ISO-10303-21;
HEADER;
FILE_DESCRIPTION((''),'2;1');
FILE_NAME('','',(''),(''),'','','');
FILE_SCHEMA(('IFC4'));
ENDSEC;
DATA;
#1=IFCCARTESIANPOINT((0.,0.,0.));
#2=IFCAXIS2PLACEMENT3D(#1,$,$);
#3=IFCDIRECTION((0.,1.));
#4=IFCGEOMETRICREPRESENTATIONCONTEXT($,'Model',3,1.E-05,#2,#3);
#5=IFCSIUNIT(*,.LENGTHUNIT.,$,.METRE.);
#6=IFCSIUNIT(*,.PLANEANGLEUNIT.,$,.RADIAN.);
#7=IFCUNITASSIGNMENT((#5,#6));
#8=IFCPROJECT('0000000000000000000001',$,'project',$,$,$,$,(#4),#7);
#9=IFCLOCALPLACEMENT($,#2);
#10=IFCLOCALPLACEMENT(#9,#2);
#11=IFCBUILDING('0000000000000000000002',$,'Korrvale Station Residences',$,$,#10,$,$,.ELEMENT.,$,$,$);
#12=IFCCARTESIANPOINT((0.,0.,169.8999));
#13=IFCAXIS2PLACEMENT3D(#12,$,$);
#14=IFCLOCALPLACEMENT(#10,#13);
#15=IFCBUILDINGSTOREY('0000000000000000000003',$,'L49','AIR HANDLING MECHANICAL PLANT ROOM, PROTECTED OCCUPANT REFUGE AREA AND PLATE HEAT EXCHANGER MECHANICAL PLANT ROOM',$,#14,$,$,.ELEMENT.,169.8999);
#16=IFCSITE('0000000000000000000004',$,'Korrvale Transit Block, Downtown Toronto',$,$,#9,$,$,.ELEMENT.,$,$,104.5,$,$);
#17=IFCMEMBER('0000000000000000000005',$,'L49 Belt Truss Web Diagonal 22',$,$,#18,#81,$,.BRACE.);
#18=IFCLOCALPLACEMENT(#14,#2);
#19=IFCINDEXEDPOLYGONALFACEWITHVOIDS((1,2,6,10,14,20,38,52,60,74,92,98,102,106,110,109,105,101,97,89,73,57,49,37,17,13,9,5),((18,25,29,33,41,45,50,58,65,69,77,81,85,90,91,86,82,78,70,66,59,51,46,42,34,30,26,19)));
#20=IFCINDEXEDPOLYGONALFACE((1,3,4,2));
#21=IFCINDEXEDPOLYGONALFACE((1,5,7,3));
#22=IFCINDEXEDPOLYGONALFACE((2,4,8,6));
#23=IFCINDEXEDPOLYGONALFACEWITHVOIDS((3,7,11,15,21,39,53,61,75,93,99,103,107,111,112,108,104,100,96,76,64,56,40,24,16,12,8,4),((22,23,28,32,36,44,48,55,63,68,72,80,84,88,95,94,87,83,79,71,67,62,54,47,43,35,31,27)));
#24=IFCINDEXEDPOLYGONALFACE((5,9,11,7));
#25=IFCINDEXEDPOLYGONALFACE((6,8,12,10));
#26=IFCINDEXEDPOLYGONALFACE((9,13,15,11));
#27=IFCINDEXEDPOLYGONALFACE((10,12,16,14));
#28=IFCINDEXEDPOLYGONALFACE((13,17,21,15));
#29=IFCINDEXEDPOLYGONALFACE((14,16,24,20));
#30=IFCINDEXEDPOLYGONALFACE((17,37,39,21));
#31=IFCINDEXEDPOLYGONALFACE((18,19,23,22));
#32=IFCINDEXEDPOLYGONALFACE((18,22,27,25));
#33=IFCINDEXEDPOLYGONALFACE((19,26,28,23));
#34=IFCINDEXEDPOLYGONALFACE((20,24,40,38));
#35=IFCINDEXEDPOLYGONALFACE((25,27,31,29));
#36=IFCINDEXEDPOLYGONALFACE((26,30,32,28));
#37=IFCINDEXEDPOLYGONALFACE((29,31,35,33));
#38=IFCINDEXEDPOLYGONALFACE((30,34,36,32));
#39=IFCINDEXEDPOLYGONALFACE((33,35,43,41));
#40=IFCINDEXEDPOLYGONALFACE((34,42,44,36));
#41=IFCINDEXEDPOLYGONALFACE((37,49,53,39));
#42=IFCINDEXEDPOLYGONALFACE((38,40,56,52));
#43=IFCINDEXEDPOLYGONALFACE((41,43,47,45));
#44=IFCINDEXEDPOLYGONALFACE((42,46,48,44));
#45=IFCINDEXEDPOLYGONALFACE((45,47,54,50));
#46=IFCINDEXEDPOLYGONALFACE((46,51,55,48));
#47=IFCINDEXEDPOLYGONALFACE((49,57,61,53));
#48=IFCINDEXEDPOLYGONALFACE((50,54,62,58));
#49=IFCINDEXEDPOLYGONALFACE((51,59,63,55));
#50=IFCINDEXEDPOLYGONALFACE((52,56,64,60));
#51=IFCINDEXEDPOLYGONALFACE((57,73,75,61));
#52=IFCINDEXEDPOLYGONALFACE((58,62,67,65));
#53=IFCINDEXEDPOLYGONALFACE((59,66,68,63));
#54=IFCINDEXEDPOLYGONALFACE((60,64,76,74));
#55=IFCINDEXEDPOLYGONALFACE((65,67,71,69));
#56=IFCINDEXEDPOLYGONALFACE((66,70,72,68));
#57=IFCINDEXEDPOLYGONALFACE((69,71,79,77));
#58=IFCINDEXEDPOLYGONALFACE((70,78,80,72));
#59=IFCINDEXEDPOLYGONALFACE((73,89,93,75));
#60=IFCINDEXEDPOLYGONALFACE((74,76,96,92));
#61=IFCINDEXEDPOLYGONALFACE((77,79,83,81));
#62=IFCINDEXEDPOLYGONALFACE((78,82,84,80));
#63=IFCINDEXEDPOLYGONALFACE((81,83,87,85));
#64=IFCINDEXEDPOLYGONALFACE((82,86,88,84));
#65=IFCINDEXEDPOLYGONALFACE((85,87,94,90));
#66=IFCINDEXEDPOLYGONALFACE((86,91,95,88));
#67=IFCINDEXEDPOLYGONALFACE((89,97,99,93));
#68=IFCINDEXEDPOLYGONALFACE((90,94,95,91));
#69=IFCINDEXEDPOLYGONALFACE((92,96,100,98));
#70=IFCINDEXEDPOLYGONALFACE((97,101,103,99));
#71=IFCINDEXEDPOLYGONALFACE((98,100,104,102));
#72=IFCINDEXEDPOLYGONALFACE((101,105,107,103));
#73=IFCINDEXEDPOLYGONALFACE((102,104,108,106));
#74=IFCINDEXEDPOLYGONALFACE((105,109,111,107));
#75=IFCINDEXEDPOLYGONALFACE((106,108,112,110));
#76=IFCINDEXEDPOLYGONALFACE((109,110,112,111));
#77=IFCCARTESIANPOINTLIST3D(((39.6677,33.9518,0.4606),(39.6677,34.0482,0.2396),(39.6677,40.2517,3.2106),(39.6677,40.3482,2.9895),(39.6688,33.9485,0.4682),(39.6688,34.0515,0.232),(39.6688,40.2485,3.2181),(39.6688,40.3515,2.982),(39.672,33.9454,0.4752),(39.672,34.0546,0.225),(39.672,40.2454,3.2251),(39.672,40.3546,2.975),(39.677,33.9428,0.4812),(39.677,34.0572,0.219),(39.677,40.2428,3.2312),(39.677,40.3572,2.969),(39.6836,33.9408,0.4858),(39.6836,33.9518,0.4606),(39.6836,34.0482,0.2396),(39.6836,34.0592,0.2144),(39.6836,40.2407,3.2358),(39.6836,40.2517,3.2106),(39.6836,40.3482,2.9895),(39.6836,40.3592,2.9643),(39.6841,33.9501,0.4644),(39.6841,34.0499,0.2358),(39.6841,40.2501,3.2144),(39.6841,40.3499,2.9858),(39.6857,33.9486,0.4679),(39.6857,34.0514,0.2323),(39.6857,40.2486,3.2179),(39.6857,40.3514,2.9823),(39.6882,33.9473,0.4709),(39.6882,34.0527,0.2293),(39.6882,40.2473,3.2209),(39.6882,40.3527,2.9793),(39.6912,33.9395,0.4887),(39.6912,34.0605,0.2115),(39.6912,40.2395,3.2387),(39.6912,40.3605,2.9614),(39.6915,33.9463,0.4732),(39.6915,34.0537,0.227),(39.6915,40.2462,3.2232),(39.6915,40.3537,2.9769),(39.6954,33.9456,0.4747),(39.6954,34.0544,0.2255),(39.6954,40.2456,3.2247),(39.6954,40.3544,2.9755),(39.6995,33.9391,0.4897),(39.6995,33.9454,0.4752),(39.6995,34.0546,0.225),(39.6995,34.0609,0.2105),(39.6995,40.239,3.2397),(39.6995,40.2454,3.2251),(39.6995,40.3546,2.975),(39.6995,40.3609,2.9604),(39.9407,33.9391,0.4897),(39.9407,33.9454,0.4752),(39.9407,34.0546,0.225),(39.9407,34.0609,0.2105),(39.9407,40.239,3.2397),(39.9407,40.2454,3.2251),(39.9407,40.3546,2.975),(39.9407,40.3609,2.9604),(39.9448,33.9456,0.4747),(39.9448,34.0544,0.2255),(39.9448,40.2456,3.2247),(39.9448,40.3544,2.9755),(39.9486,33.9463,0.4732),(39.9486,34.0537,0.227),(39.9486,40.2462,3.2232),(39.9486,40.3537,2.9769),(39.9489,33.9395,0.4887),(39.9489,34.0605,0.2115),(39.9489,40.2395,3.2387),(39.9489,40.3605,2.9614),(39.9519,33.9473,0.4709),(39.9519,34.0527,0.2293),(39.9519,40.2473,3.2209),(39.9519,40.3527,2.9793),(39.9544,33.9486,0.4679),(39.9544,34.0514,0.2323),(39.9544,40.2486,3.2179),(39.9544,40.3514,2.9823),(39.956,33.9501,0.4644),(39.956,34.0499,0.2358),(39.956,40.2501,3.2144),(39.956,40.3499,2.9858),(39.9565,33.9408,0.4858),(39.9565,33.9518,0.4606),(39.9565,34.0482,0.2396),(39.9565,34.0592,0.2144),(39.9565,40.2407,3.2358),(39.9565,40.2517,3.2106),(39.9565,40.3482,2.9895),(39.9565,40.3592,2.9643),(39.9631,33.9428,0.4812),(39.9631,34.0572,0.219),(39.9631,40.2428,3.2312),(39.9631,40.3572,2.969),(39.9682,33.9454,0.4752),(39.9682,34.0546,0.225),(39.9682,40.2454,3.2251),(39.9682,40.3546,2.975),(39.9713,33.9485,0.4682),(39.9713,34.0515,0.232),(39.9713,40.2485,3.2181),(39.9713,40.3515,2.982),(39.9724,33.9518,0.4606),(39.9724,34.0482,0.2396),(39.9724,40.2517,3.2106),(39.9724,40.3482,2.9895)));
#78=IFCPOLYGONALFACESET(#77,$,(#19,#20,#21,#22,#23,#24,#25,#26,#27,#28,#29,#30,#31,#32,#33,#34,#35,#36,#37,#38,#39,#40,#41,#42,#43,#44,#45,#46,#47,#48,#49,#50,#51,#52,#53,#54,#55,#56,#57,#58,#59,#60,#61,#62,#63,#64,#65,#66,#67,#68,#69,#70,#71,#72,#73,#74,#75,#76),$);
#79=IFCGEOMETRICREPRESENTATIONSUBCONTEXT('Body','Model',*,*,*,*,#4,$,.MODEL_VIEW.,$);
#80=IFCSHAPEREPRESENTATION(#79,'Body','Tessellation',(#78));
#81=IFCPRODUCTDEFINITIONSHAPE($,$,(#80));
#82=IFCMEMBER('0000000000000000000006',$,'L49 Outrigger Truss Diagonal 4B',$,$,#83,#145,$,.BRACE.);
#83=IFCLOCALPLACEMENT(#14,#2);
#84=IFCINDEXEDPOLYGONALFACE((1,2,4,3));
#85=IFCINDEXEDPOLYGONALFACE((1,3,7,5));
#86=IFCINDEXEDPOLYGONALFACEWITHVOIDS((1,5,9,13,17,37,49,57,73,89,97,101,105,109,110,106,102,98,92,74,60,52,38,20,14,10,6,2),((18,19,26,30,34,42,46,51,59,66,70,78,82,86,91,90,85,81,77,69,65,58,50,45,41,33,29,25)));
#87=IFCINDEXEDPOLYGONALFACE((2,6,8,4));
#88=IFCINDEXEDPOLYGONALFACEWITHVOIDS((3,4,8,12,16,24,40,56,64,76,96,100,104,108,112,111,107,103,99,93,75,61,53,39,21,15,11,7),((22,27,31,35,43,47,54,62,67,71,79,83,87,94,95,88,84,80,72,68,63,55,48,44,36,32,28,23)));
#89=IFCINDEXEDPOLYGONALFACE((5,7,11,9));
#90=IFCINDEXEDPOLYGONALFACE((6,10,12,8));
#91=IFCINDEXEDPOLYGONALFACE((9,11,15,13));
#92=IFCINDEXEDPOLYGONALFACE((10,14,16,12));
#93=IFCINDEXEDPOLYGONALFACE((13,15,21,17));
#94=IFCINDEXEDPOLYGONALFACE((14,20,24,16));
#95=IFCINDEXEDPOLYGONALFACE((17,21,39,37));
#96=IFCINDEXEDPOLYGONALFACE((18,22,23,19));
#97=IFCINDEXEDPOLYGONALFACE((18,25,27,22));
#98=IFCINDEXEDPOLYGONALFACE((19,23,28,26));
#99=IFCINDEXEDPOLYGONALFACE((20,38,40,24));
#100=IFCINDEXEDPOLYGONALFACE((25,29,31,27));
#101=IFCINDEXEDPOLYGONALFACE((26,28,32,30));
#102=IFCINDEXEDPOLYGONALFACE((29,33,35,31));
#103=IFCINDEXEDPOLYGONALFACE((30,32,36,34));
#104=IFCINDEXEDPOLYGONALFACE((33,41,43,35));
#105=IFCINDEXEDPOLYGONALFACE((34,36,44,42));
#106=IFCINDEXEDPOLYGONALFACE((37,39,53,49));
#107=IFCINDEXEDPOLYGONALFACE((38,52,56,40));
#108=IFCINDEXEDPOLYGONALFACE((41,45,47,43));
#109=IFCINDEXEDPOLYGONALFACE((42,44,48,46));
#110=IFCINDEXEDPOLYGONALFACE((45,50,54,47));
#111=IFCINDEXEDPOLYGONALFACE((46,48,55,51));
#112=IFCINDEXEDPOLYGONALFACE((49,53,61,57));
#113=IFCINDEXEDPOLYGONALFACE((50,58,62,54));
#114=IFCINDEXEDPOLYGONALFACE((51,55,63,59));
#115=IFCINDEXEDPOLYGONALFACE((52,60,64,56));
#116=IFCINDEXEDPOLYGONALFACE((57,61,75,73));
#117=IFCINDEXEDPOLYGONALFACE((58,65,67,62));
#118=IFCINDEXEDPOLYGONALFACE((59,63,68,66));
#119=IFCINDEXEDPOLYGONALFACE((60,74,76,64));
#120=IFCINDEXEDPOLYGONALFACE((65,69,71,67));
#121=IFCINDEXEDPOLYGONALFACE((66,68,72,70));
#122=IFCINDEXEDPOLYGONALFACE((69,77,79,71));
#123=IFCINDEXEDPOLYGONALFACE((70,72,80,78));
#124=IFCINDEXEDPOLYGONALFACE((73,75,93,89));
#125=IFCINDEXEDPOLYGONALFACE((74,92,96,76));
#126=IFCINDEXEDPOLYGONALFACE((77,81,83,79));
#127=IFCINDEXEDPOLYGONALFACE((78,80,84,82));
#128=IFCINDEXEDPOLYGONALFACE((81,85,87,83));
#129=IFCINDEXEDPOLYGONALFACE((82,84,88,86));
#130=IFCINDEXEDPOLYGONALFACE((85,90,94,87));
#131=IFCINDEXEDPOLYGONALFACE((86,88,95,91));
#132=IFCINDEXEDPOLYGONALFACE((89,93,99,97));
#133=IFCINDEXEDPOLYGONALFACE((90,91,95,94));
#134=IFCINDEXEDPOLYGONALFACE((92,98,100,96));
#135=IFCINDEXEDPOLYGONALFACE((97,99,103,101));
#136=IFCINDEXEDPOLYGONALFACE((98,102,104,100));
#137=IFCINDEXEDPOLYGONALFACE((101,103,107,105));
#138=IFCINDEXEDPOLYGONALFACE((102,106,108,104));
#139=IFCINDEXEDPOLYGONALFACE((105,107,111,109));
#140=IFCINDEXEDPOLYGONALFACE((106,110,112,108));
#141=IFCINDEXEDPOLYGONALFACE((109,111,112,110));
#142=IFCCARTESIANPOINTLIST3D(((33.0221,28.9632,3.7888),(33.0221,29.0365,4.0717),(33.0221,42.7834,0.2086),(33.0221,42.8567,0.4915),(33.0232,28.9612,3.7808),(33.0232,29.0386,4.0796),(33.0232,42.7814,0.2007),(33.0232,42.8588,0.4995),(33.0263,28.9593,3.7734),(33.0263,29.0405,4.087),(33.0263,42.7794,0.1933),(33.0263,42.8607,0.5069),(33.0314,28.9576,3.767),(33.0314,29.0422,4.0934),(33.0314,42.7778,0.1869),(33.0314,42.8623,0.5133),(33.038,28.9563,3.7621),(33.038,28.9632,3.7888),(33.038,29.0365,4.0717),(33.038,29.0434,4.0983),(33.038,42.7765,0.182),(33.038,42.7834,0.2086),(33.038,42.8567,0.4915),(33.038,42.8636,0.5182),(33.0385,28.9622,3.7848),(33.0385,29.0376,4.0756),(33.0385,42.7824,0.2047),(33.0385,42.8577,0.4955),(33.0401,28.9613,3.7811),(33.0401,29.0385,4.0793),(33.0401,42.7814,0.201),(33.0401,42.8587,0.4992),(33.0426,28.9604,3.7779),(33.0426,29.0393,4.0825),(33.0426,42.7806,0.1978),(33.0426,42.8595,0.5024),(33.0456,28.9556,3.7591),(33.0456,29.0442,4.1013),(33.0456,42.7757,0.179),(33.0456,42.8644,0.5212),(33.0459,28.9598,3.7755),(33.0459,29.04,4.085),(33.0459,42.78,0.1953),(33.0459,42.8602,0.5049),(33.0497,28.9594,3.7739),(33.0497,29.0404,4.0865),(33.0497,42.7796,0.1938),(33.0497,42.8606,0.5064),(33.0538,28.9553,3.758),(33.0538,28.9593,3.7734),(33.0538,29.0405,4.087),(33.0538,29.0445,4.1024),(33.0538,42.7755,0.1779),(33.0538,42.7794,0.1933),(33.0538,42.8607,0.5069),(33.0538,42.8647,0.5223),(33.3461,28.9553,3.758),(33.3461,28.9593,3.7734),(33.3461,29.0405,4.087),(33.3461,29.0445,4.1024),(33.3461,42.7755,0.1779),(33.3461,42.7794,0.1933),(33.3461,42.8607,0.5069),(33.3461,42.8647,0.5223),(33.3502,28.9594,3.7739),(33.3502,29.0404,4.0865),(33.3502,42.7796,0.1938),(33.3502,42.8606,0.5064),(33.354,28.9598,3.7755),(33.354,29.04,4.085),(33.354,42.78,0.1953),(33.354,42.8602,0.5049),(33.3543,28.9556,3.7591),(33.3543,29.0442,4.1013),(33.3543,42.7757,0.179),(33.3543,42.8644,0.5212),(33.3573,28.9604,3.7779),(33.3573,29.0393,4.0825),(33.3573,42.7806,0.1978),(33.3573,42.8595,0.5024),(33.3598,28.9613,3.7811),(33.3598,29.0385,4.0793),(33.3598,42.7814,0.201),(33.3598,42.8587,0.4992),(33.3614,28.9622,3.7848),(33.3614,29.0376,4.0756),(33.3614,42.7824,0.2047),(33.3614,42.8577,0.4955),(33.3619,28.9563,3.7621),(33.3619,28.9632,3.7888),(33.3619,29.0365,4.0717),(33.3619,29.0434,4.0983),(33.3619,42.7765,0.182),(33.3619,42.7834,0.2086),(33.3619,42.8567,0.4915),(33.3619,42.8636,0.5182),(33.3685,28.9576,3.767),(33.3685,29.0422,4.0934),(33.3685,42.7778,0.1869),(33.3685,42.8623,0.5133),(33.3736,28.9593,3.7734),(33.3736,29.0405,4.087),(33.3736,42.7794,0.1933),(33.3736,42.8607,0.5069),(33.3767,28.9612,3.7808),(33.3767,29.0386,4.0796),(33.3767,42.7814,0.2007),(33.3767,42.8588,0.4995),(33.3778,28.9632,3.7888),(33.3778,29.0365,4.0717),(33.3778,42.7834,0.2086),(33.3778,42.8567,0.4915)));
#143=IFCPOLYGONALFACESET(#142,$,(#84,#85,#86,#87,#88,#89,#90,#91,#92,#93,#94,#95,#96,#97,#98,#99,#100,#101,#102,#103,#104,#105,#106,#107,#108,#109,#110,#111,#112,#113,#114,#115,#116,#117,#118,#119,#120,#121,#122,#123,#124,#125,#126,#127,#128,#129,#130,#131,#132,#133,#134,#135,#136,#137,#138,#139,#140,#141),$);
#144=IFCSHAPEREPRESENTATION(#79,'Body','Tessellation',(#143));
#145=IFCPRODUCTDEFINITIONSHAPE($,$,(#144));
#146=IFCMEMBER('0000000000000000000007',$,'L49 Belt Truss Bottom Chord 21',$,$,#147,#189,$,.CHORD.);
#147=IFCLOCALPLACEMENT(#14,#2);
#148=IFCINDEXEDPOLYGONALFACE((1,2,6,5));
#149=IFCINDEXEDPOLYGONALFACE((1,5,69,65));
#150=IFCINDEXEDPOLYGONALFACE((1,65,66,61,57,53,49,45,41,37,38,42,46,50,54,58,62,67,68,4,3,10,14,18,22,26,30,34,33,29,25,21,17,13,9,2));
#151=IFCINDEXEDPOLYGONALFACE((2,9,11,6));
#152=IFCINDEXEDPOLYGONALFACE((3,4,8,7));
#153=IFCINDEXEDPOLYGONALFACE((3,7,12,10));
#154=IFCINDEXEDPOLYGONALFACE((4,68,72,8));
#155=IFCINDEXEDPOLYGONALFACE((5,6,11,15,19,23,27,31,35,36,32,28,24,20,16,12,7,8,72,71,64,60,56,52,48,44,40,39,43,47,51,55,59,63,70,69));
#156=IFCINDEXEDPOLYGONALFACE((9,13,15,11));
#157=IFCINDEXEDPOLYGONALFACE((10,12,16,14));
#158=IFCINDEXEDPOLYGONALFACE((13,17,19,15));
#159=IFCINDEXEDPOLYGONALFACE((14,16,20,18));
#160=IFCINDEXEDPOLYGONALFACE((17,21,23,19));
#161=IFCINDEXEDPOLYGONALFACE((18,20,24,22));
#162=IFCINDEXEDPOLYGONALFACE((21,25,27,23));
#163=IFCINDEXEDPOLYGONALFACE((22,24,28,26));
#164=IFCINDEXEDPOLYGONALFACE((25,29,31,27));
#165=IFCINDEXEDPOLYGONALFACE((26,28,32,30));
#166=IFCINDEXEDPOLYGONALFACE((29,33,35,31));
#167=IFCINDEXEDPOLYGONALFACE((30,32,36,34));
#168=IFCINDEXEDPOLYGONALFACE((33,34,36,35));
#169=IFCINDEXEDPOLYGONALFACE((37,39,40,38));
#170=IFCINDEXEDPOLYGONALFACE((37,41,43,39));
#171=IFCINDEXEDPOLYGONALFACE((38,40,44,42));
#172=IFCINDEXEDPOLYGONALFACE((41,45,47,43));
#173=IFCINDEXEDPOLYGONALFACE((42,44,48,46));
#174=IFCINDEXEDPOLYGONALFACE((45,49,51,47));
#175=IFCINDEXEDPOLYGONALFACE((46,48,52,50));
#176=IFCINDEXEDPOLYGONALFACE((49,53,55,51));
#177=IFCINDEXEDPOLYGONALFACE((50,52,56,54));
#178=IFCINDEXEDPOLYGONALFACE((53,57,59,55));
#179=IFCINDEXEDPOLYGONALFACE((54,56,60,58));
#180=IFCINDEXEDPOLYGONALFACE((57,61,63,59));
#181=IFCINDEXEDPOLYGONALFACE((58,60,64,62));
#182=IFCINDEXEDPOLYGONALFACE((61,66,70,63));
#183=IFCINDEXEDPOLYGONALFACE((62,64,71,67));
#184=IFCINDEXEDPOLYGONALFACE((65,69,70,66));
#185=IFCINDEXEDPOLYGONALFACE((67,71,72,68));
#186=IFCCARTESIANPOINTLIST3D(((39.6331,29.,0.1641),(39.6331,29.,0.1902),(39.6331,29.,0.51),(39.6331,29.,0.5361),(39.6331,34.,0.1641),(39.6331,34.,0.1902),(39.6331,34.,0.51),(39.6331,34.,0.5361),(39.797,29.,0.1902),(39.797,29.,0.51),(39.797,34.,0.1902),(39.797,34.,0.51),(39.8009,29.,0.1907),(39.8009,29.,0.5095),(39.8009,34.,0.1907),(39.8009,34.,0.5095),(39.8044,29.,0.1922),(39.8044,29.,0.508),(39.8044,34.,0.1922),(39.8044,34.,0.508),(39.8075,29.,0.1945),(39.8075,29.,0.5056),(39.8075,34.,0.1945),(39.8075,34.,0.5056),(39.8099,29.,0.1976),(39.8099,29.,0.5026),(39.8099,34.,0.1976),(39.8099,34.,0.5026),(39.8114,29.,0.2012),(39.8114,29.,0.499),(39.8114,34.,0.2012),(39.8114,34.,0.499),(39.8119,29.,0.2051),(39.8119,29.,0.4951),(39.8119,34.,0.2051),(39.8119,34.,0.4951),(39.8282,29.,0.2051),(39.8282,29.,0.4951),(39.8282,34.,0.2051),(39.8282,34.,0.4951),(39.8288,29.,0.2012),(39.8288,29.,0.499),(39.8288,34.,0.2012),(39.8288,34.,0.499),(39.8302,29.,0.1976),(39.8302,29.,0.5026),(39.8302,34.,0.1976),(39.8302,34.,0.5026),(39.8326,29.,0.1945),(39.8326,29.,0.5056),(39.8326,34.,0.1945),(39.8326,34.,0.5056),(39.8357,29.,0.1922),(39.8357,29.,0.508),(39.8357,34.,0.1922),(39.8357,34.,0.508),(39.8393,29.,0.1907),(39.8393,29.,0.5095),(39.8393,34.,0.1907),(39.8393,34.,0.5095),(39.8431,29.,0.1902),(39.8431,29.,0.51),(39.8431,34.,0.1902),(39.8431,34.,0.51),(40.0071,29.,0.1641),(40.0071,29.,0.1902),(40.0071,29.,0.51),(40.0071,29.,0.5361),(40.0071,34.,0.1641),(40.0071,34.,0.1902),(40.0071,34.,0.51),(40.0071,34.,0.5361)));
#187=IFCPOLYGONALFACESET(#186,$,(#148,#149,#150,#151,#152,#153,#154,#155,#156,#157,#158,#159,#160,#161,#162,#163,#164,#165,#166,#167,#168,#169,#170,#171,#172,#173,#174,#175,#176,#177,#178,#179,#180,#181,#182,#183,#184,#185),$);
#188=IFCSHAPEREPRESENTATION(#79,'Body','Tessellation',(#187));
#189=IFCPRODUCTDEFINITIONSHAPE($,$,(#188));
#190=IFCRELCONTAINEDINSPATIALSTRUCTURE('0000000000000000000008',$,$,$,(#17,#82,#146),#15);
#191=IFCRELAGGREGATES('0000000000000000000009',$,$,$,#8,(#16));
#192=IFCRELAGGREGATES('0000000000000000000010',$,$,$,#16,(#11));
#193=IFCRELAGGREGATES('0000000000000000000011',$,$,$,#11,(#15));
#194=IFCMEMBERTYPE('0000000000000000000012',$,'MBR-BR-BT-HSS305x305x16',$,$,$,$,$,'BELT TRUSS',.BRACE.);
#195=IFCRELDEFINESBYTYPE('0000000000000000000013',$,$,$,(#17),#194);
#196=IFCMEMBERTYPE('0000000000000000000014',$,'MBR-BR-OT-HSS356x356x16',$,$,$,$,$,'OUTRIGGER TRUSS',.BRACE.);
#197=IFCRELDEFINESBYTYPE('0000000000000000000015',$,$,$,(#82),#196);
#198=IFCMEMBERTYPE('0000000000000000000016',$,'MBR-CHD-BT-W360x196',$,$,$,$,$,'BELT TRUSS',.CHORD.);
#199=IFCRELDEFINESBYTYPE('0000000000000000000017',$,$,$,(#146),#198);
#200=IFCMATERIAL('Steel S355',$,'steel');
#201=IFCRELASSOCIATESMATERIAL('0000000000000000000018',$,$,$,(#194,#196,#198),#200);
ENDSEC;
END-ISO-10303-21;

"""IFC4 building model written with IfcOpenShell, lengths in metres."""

from ifc_helpers import new_model, si_unit, direction, frame, origin, origin_2d, place, context, subcontext, project, spatial, hollow_rectangle, i_section, extrude, material, material_profile, profile_set, type_object, element, save


model = new_model("IFC4")

# Units and contexts
model_context = context("Model", 3, precision=1e-05, world=origin(), true_north=direction((0.0, 1.0)))
body_context = subcontext(model_context, "Body", "Model", "MODEL_VIEW")
ifc_project = project(units=[si_unit("LENGTHUNIT", "METRE"), si_unit("PLANEANGLEUNIT", "RADIAN")], contexts=[model_context])

# Site, building, storey
site_placement = place(None, origin())
site = spatial("IfcSite", under=ifc_project, at=site_placement, Name="Korrvale Transit Block, Downtown Toronto", CompositionType="ELEMENT", RefElevation=104.5)
building_placement = place(site_placement, origin())
building = spatial("IfcBuilding", under=site, at=building_placement, Name="Korrvale Station Residences", CompositionType="ELEMENT")
storey_placement = place(building_placement, frame((0.0, 0.0, 169.8999)))
storey = spatial("IfcBuildingStorey", under=building, at=storey_placement, Name="L49", Description="AIR HANDLING MECHANICAL PLANT ROOM, PROTECTED OCCUPANT REFUGE AREA AND PLATE HEAT EXCHANGER MECHANICAL PLANT ROOM", CompositionType="ELEMENT", Elevation=169.8999)

# Members
ifc_material_1 = material(Name="Steel S355", Category="steel")
ifc_material_profile_1 = material_profile(ifc_material_1, hollow_rectangle(XDim=0.3047, YDim=0.3047, WallThickness=0.0159, InnerFilletRadius=0.0159, OuterFilletRadius=0.0317, at=origin_2d()), Name="HSS305x305x16")
ifc_profile_set_1 = profile_set([ifc_material_profile_1], Name="Steel S355")
member_type_1 = type_object("IfcMemberType", Name="MBR-BR-BT-HSS305x305x16", ElementType="BELT TRUSS", PredefinedType="BRACE", material=ifc_profile_set_1)
member_1_placement = place(storey_placement, frame((39.8201, 34.0, 0.3501), z_axis=(0.0, 0.916492, 0.400053), x_axis=(-1.0, 0.0, 0.0)))
element("IfcMember", 1, at=member_1_placement, inside=storey, type_object=member_type_1, Name="L49 Belt Truss Web Diagonal 22", PredefinedType="BRACE", context=body_context, shape_type="SweptSolid", body=[
    extrude(hollow_rectangle(XDim=0.3047, YDim=0.3047, WallThickness=0.0159, InnerFilletRadius=0.0159, OuterFilletRadius=0.0317, at=origin_2d()), origin(), (0.0, 0.0, 1.0), 6.874),
])
ifc_material_profile_2 = material_profile(ifc_material_1, hollow_rectangle(XDim=0.3557, YDim=0.3557, WallThickness=0.0159, InnerFilletRadius=0.0159, OuterFilletRadius=0.0317, at=origin_2d()), Name="HSS356x356x16")
ifc_profile_set_2 = profile_set([ifc_material_profile_2], Name="Steel S355")
member_type_2 = type_object("IfcMemberType", Name="MBR-BR-OT-HSS356x356x16", ElementType="OUTRIGGER TRUSS", PredefinedType="BRACE", material=ifc_profile_set_2)
member_2_placement = place(storey_placement, frame((33.2, 42.8201, 0.3501), z_axis=(0.0, -0.968046, 0.250772), x_axis=(1.0, 0.0, 0.0)))
element("IfcMember", 2, at=member_2_placement, inside=storey, type_object=member_type_2, Name="L49 Outrigger Truss Diagonal 4B", PredefinedType="BRACE", context=body_context, shape_type="SweptSolid", body=[
    extrude(hollow_rectangle(XDim=0.3557, YDim=0.3557, WallThickness=0.0159, InnerFilletRadius=0.0159, OuterFilletRadius=0.0317, at=origin_2d()), origin(), (0.0, 0.0, 1.0), 14.2764),
])
ifc_material_profile_3 = material_profile(ifc_material_1, i_section(OverallWidth=0.374, OverallDepth=0.3721, WebThickness=0.0164, FlangeThickness=0.0261, FilletRadius=0.0149, at=origin_2d()), Name="W360x196")
ifc_profile_set_3 = profile_set([ifc_material_profile_3], Name="Steel S355")
member_type_3 = type_object("IfcMemberType", Name="MBR-CHD-BT-W360x196", ElementType="BELT TRUSS", PredefinedType="CHORD", material=ifc_profile_set_3)
member_3_placement = place(storey_placement, frame((39.8201, 29.0, 0.3501), z_axis=(0.0, 1.0, 0.0), x_axis=(-1.0, 0.0, 0.0)))
element("IfcMember", 3, at=member_3_placement, inside=storey, type_object=member_type_3, Name="L49 Belt Truss Bottom Chord 21", PredefinedType="CHORD", context=body_context, shape_type="SweptSolid", body=[
    extrude(i_section(OverallWidth=0.374, OverallDepth=0.3721, WebThickness=0.0164, FlangeThickness=0.0261, FilletRadius=0.0149, at=origin_2d()), origin(), (0.0, 0.0, 1.0), 5.0),
])

save(model, "model.ifc")
